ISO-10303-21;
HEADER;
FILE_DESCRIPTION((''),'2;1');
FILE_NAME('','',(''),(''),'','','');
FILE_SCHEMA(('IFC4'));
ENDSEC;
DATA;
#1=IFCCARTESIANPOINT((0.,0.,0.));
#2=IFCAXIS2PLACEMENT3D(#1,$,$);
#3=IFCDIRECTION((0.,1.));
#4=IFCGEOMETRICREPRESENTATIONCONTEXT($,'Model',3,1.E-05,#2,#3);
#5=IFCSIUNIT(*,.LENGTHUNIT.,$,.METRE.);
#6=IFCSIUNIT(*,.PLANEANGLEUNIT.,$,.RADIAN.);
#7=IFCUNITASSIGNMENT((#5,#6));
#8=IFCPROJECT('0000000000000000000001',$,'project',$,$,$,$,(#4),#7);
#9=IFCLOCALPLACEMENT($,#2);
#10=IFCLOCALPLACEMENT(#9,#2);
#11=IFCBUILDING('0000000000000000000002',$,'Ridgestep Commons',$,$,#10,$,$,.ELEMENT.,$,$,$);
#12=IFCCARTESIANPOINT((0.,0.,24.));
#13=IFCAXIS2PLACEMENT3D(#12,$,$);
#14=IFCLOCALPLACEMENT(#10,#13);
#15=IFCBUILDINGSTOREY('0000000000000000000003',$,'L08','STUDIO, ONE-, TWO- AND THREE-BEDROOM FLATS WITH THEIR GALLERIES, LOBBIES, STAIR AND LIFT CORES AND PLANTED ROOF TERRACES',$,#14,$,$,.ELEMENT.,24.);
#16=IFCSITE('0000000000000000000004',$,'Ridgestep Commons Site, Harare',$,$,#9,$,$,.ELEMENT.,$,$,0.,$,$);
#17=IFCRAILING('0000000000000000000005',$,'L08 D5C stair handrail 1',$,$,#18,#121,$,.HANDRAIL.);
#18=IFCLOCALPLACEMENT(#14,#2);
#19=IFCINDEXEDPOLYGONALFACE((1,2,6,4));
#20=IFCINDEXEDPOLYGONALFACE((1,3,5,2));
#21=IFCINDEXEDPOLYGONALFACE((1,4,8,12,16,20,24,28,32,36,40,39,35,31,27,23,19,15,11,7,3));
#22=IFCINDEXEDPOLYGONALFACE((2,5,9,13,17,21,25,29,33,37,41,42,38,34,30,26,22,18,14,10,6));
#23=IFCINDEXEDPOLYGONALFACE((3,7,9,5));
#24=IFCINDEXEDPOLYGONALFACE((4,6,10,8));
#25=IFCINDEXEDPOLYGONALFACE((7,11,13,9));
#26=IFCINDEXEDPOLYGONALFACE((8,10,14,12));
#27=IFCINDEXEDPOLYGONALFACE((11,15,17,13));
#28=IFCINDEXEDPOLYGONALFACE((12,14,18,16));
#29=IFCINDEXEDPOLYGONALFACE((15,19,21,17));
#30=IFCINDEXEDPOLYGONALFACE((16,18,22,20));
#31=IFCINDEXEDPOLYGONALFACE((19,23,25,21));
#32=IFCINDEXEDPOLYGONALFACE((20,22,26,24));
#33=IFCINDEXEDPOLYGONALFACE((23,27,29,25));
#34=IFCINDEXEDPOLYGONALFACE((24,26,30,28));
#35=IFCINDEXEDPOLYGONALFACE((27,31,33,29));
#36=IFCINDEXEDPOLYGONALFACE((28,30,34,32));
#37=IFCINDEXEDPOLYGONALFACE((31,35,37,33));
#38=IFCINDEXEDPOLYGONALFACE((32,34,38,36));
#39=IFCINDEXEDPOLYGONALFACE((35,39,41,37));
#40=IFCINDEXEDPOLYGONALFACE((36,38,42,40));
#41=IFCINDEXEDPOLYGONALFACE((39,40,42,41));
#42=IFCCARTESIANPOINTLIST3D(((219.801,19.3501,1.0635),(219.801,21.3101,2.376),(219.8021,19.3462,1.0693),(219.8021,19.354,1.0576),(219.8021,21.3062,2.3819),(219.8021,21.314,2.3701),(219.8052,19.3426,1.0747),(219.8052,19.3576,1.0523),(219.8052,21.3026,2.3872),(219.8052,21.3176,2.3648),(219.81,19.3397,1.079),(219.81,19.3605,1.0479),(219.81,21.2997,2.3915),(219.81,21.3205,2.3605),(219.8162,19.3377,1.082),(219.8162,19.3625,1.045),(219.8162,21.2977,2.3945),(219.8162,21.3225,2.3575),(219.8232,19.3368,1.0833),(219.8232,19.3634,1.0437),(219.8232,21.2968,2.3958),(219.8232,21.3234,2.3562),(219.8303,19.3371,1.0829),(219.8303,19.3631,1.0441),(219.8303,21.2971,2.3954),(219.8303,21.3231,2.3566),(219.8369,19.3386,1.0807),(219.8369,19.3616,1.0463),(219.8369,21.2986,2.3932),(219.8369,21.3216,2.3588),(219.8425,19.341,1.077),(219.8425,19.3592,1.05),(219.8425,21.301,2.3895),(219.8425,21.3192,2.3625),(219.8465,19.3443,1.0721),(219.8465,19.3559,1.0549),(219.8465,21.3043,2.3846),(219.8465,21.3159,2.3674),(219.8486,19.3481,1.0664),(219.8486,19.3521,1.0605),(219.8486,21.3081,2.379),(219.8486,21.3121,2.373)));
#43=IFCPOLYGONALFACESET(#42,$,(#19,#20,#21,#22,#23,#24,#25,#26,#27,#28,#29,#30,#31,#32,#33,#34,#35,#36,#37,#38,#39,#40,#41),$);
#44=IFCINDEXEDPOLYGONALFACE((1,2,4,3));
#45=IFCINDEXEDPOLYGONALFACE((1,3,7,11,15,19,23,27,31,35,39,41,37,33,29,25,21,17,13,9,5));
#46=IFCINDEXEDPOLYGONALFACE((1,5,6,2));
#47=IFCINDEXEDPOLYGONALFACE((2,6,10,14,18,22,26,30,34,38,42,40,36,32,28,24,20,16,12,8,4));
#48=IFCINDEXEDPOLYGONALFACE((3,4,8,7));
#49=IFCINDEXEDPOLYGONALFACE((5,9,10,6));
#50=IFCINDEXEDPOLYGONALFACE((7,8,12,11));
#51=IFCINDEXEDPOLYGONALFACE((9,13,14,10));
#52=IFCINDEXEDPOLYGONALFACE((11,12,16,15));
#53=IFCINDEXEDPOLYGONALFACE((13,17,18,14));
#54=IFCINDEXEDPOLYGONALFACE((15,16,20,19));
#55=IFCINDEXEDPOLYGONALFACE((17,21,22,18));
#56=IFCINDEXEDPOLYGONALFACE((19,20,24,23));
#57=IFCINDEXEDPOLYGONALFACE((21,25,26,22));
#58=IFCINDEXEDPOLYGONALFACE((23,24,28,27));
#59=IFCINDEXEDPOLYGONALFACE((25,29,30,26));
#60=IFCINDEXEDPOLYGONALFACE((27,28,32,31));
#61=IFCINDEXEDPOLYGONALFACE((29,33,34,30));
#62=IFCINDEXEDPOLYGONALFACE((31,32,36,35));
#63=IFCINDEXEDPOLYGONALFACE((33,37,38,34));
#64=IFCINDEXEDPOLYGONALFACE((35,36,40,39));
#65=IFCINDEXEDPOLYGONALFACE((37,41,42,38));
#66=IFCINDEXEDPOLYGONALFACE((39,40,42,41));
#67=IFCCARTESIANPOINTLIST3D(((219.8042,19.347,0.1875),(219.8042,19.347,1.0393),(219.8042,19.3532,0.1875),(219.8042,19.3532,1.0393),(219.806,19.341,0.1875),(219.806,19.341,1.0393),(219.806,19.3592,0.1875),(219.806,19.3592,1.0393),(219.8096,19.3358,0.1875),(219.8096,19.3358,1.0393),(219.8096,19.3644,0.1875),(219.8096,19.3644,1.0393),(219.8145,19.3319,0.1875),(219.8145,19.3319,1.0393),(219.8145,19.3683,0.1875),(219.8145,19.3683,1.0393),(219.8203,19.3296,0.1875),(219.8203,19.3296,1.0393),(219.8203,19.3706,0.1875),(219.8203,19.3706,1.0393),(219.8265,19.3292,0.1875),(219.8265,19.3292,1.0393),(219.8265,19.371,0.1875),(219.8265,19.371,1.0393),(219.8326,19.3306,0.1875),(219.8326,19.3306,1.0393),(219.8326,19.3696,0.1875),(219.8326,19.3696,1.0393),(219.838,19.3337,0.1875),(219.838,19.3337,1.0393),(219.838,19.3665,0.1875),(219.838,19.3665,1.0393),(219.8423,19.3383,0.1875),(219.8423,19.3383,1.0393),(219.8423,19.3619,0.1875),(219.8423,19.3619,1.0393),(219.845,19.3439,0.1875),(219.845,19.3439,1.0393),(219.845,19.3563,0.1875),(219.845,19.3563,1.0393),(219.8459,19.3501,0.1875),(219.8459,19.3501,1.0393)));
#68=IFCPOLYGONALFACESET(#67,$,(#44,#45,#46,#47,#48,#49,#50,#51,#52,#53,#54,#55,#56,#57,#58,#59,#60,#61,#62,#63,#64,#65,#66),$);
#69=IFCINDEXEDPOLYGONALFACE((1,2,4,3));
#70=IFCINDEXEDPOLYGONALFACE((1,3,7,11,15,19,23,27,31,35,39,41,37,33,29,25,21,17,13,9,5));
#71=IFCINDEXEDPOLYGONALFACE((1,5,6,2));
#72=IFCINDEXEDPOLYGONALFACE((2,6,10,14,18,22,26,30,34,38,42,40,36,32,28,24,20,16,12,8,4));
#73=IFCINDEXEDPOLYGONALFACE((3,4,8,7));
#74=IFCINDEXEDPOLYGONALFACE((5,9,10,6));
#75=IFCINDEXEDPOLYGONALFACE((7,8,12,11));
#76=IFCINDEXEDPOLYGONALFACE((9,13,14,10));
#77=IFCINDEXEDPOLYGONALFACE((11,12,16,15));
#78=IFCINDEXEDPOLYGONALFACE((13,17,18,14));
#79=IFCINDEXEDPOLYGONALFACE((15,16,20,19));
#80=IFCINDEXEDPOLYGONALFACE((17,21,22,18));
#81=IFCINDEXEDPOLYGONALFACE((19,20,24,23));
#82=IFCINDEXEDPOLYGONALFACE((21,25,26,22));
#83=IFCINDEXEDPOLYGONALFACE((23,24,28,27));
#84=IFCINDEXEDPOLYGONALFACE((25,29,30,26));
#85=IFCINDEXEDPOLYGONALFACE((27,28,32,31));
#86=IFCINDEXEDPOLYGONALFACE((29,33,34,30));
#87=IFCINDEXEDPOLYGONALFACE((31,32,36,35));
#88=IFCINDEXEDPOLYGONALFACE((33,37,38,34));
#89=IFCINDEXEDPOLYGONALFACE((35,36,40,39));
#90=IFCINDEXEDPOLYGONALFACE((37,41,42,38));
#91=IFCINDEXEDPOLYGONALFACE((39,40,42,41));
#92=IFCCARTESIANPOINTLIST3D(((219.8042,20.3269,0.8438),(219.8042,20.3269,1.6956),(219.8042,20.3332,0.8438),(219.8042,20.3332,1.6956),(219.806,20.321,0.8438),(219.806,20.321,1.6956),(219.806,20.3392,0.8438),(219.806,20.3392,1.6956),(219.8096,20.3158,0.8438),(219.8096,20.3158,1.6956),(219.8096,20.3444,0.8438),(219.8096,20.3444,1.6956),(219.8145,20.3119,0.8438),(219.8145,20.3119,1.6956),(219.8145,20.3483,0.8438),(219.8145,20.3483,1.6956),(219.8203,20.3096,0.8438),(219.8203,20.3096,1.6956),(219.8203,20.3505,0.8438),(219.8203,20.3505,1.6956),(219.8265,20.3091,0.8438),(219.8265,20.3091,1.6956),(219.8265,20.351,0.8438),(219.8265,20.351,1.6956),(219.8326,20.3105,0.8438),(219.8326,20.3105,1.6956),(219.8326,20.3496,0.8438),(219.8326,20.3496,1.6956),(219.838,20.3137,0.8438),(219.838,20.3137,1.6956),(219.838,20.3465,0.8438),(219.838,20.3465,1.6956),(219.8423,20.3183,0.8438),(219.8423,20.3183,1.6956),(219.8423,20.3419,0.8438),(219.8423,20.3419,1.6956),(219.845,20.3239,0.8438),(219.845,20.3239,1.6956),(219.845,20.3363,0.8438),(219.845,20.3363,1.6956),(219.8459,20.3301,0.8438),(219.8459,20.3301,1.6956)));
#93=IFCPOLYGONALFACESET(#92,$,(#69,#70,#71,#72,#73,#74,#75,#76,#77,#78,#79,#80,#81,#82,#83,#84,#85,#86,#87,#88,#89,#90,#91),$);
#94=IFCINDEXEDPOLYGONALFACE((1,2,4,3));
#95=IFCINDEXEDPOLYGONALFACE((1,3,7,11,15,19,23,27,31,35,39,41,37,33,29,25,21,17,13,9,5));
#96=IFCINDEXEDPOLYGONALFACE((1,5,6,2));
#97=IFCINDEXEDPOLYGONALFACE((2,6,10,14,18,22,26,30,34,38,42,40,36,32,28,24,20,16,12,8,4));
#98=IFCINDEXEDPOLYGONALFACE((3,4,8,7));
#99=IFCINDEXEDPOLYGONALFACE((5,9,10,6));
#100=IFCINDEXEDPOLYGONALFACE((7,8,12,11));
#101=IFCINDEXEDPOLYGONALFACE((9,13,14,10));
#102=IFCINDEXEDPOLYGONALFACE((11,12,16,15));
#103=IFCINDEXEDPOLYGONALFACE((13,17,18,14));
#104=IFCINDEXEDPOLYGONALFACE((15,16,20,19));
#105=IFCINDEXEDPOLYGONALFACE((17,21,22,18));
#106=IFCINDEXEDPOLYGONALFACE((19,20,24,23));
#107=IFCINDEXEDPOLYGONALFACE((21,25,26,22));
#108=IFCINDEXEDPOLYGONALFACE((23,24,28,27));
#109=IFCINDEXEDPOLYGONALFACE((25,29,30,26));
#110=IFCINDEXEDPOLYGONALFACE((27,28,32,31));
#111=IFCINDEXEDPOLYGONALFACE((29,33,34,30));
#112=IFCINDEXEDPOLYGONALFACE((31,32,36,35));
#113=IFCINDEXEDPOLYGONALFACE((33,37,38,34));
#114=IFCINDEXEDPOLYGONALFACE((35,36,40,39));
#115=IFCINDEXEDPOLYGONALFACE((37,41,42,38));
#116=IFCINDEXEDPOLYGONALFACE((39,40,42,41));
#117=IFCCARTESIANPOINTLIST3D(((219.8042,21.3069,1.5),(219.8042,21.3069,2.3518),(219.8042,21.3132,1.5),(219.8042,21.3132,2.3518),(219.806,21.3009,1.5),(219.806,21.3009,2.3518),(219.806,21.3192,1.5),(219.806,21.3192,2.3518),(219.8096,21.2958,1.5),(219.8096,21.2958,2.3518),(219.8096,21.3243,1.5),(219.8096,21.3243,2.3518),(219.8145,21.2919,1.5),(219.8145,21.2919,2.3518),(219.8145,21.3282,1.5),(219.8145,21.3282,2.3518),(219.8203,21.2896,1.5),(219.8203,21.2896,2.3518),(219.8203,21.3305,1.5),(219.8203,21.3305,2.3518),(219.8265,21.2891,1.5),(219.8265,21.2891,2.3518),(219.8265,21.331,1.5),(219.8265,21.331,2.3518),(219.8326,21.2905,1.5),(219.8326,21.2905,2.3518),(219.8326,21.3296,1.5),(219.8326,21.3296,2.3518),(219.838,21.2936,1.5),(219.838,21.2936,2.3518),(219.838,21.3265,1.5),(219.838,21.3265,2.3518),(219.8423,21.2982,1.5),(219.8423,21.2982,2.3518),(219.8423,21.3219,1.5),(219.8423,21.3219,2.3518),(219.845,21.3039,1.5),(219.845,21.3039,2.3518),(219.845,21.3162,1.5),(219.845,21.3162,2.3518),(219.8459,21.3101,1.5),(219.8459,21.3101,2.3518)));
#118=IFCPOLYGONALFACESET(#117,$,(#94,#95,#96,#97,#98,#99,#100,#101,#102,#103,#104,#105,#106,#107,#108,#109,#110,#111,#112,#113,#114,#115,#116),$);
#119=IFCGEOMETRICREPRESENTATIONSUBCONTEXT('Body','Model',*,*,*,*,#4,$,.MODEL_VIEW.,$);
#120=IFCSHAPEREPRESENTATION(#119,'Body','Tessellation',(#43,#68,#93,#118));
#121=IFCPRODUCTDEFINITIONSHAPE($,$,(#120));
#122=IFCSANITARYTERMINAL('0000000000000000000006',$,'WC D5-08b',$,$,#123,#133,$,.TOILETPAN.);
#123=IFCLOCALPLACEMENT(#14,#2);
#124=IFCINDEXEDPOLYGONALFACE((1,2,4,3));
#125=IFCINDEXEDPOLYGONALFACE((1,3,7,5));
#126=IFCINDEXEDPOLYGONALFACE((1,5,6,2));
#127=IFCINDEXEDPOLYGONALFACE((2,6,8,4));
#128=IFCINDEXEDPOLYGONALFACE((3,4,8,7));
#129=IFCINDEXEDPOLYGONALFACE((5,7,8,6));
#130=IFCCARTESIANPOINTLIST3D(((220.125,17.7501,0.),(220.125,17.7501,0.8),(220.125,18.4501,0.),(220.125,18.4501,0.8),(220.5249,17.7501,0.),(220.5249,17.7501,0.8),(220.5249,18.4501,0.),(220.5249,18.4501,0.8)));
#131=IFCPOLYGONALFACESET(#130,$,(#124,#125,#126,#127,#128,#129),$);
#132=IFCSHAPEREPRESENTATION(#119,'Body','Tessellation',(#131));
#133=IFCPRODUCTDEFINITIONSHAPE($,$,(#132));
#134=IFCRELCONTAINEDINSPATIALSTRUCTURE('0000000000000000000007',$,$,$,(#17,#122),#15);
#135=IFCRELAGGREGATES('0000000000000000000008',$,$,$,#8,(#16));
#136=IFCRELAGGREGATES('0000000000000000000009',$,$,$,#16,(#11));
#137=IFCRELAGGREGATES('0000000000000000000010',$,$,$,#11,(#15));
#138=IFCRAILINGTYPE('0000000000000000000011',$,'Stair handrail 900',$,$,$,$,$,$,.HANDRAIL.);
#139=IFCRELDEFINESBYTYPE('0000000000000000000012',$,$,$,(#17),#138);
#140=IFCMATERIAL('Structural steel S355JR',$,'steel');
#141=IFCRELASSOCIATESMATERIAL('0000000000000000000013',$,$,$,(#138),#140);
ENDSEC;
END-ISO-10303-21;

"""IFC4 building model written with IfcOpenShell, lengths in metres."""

from ifc_helpers import new_model, si_unit, direction, frame, origin, origin_2d, place, context, subcontext, project, spatial, rectangle, circle, extrude, material, type_object, element, save


model = new_model("IFC4")

# Units and contexts
model_context = context("Model", 3, precision=1e-05, world=origin(), true_north=direction((0.0, 1.0)))
body_context = subcontext(model_context, "Body", "Model", "MODEL_VIEW")
ifc_project = project(units=[si_unit("LENGTHUNIT", "METRE"), si_unit("PLANEANGLEUNIT", "RADIAN")], contexts=[model_context])

# Site, building, storey
site_placement = place(None, origin())
site = spatial("IfcSite", under=ifc_project, at=site_placement, Name="Ridgestep Commons Site, Harare", CompositionType="ELEMENT", RefElevation=0.0)
building_placement = place(site_placement, origin())
building = spatial("IfcBuilding", under=site, at=building_placement, Name="Ridgestep Commons", CompositionType="ELEMENT")
storey_placement = place(building_placement, frame((0.0, 0.0, 24.0)))
storey = spatial("IfcBuildingStorey", under=building, at=storey_placement, Name="L08", Description="STUDIO, ONE-, TWO- AND THREE-BEDROOM FLATS WITH THEIR GALLERIES, LOBBIES, STAIR AND LIFT CORES AND PLANTED ROOF TERRACES", CompositionType="ELEMENT", Elevation=24.0)

# Railing
ifc_material_1 = material(Name="Structural steel S355JR", Category="steel")
railing_type_1 = type_object("IfcRailingType", Name="Stair handrail 900", PredefinedType="HANDRAIL", material=ifc_material_1)
railing_1_placement = place(storey_placement, frame((219.825, 19.3501, 0.1875)))
element("IfcRailing", 1, at=railing_1_placement, inside=storey, type_object=railing_type_1, Name="L08 D5C stair handrail 1", PredefinedType="HANDRAIL", context=body_context, shape_type="SweptSolid", body=[
    extrude(circle(Radius=0.0239, at=origin_2d()), frame((0.0, 0.0, 0.876), z_axis=(0.0, 0.830902, 0.556419), x_axis=(-1.0, 0.0, 0.0)), (0.0, 0.0, 1.0), 2.3589),
    extrude(circle(Radius=0.021, at=origin_2d()), origin(), (0.0, 0.0, 1.0), 0.8518),
    extrude(circle(Radius=0.021, at=origin_2d()), frame((0.0, 0.98, 0.6562)), (0.0, 0.0, 1.0), 0.8518),
    extrude(circle(Radius=0.021, at=origin_2d()), frame((0.0, 1.96, 1.3125)), (0.0, 0.0, 1.0), 0.8518),
])

# Sanitary terminal
sanitary_terminal_placement = place(storey_placement, frame((220.325, 18.1001, 0.0), z_axis=(0.0, 0.0, 1.0), x_axis=(1.0, 0.0, 0.0)))
element("IfcSanitaryTerminal", 2, at=sanitary_terminal_placement, inside=storey, Name="WC D5-08b", PredefinedType="TOILETPAN", context=body_context, shape_type="SweptSolid", body=[
    extrude(rectangle(XDim=0.3999, YDim=0.7, at=origin_2d()), origin(), (0.0, 0.0, 1.0), 0.8),
])

save(model, "model.ifc")
